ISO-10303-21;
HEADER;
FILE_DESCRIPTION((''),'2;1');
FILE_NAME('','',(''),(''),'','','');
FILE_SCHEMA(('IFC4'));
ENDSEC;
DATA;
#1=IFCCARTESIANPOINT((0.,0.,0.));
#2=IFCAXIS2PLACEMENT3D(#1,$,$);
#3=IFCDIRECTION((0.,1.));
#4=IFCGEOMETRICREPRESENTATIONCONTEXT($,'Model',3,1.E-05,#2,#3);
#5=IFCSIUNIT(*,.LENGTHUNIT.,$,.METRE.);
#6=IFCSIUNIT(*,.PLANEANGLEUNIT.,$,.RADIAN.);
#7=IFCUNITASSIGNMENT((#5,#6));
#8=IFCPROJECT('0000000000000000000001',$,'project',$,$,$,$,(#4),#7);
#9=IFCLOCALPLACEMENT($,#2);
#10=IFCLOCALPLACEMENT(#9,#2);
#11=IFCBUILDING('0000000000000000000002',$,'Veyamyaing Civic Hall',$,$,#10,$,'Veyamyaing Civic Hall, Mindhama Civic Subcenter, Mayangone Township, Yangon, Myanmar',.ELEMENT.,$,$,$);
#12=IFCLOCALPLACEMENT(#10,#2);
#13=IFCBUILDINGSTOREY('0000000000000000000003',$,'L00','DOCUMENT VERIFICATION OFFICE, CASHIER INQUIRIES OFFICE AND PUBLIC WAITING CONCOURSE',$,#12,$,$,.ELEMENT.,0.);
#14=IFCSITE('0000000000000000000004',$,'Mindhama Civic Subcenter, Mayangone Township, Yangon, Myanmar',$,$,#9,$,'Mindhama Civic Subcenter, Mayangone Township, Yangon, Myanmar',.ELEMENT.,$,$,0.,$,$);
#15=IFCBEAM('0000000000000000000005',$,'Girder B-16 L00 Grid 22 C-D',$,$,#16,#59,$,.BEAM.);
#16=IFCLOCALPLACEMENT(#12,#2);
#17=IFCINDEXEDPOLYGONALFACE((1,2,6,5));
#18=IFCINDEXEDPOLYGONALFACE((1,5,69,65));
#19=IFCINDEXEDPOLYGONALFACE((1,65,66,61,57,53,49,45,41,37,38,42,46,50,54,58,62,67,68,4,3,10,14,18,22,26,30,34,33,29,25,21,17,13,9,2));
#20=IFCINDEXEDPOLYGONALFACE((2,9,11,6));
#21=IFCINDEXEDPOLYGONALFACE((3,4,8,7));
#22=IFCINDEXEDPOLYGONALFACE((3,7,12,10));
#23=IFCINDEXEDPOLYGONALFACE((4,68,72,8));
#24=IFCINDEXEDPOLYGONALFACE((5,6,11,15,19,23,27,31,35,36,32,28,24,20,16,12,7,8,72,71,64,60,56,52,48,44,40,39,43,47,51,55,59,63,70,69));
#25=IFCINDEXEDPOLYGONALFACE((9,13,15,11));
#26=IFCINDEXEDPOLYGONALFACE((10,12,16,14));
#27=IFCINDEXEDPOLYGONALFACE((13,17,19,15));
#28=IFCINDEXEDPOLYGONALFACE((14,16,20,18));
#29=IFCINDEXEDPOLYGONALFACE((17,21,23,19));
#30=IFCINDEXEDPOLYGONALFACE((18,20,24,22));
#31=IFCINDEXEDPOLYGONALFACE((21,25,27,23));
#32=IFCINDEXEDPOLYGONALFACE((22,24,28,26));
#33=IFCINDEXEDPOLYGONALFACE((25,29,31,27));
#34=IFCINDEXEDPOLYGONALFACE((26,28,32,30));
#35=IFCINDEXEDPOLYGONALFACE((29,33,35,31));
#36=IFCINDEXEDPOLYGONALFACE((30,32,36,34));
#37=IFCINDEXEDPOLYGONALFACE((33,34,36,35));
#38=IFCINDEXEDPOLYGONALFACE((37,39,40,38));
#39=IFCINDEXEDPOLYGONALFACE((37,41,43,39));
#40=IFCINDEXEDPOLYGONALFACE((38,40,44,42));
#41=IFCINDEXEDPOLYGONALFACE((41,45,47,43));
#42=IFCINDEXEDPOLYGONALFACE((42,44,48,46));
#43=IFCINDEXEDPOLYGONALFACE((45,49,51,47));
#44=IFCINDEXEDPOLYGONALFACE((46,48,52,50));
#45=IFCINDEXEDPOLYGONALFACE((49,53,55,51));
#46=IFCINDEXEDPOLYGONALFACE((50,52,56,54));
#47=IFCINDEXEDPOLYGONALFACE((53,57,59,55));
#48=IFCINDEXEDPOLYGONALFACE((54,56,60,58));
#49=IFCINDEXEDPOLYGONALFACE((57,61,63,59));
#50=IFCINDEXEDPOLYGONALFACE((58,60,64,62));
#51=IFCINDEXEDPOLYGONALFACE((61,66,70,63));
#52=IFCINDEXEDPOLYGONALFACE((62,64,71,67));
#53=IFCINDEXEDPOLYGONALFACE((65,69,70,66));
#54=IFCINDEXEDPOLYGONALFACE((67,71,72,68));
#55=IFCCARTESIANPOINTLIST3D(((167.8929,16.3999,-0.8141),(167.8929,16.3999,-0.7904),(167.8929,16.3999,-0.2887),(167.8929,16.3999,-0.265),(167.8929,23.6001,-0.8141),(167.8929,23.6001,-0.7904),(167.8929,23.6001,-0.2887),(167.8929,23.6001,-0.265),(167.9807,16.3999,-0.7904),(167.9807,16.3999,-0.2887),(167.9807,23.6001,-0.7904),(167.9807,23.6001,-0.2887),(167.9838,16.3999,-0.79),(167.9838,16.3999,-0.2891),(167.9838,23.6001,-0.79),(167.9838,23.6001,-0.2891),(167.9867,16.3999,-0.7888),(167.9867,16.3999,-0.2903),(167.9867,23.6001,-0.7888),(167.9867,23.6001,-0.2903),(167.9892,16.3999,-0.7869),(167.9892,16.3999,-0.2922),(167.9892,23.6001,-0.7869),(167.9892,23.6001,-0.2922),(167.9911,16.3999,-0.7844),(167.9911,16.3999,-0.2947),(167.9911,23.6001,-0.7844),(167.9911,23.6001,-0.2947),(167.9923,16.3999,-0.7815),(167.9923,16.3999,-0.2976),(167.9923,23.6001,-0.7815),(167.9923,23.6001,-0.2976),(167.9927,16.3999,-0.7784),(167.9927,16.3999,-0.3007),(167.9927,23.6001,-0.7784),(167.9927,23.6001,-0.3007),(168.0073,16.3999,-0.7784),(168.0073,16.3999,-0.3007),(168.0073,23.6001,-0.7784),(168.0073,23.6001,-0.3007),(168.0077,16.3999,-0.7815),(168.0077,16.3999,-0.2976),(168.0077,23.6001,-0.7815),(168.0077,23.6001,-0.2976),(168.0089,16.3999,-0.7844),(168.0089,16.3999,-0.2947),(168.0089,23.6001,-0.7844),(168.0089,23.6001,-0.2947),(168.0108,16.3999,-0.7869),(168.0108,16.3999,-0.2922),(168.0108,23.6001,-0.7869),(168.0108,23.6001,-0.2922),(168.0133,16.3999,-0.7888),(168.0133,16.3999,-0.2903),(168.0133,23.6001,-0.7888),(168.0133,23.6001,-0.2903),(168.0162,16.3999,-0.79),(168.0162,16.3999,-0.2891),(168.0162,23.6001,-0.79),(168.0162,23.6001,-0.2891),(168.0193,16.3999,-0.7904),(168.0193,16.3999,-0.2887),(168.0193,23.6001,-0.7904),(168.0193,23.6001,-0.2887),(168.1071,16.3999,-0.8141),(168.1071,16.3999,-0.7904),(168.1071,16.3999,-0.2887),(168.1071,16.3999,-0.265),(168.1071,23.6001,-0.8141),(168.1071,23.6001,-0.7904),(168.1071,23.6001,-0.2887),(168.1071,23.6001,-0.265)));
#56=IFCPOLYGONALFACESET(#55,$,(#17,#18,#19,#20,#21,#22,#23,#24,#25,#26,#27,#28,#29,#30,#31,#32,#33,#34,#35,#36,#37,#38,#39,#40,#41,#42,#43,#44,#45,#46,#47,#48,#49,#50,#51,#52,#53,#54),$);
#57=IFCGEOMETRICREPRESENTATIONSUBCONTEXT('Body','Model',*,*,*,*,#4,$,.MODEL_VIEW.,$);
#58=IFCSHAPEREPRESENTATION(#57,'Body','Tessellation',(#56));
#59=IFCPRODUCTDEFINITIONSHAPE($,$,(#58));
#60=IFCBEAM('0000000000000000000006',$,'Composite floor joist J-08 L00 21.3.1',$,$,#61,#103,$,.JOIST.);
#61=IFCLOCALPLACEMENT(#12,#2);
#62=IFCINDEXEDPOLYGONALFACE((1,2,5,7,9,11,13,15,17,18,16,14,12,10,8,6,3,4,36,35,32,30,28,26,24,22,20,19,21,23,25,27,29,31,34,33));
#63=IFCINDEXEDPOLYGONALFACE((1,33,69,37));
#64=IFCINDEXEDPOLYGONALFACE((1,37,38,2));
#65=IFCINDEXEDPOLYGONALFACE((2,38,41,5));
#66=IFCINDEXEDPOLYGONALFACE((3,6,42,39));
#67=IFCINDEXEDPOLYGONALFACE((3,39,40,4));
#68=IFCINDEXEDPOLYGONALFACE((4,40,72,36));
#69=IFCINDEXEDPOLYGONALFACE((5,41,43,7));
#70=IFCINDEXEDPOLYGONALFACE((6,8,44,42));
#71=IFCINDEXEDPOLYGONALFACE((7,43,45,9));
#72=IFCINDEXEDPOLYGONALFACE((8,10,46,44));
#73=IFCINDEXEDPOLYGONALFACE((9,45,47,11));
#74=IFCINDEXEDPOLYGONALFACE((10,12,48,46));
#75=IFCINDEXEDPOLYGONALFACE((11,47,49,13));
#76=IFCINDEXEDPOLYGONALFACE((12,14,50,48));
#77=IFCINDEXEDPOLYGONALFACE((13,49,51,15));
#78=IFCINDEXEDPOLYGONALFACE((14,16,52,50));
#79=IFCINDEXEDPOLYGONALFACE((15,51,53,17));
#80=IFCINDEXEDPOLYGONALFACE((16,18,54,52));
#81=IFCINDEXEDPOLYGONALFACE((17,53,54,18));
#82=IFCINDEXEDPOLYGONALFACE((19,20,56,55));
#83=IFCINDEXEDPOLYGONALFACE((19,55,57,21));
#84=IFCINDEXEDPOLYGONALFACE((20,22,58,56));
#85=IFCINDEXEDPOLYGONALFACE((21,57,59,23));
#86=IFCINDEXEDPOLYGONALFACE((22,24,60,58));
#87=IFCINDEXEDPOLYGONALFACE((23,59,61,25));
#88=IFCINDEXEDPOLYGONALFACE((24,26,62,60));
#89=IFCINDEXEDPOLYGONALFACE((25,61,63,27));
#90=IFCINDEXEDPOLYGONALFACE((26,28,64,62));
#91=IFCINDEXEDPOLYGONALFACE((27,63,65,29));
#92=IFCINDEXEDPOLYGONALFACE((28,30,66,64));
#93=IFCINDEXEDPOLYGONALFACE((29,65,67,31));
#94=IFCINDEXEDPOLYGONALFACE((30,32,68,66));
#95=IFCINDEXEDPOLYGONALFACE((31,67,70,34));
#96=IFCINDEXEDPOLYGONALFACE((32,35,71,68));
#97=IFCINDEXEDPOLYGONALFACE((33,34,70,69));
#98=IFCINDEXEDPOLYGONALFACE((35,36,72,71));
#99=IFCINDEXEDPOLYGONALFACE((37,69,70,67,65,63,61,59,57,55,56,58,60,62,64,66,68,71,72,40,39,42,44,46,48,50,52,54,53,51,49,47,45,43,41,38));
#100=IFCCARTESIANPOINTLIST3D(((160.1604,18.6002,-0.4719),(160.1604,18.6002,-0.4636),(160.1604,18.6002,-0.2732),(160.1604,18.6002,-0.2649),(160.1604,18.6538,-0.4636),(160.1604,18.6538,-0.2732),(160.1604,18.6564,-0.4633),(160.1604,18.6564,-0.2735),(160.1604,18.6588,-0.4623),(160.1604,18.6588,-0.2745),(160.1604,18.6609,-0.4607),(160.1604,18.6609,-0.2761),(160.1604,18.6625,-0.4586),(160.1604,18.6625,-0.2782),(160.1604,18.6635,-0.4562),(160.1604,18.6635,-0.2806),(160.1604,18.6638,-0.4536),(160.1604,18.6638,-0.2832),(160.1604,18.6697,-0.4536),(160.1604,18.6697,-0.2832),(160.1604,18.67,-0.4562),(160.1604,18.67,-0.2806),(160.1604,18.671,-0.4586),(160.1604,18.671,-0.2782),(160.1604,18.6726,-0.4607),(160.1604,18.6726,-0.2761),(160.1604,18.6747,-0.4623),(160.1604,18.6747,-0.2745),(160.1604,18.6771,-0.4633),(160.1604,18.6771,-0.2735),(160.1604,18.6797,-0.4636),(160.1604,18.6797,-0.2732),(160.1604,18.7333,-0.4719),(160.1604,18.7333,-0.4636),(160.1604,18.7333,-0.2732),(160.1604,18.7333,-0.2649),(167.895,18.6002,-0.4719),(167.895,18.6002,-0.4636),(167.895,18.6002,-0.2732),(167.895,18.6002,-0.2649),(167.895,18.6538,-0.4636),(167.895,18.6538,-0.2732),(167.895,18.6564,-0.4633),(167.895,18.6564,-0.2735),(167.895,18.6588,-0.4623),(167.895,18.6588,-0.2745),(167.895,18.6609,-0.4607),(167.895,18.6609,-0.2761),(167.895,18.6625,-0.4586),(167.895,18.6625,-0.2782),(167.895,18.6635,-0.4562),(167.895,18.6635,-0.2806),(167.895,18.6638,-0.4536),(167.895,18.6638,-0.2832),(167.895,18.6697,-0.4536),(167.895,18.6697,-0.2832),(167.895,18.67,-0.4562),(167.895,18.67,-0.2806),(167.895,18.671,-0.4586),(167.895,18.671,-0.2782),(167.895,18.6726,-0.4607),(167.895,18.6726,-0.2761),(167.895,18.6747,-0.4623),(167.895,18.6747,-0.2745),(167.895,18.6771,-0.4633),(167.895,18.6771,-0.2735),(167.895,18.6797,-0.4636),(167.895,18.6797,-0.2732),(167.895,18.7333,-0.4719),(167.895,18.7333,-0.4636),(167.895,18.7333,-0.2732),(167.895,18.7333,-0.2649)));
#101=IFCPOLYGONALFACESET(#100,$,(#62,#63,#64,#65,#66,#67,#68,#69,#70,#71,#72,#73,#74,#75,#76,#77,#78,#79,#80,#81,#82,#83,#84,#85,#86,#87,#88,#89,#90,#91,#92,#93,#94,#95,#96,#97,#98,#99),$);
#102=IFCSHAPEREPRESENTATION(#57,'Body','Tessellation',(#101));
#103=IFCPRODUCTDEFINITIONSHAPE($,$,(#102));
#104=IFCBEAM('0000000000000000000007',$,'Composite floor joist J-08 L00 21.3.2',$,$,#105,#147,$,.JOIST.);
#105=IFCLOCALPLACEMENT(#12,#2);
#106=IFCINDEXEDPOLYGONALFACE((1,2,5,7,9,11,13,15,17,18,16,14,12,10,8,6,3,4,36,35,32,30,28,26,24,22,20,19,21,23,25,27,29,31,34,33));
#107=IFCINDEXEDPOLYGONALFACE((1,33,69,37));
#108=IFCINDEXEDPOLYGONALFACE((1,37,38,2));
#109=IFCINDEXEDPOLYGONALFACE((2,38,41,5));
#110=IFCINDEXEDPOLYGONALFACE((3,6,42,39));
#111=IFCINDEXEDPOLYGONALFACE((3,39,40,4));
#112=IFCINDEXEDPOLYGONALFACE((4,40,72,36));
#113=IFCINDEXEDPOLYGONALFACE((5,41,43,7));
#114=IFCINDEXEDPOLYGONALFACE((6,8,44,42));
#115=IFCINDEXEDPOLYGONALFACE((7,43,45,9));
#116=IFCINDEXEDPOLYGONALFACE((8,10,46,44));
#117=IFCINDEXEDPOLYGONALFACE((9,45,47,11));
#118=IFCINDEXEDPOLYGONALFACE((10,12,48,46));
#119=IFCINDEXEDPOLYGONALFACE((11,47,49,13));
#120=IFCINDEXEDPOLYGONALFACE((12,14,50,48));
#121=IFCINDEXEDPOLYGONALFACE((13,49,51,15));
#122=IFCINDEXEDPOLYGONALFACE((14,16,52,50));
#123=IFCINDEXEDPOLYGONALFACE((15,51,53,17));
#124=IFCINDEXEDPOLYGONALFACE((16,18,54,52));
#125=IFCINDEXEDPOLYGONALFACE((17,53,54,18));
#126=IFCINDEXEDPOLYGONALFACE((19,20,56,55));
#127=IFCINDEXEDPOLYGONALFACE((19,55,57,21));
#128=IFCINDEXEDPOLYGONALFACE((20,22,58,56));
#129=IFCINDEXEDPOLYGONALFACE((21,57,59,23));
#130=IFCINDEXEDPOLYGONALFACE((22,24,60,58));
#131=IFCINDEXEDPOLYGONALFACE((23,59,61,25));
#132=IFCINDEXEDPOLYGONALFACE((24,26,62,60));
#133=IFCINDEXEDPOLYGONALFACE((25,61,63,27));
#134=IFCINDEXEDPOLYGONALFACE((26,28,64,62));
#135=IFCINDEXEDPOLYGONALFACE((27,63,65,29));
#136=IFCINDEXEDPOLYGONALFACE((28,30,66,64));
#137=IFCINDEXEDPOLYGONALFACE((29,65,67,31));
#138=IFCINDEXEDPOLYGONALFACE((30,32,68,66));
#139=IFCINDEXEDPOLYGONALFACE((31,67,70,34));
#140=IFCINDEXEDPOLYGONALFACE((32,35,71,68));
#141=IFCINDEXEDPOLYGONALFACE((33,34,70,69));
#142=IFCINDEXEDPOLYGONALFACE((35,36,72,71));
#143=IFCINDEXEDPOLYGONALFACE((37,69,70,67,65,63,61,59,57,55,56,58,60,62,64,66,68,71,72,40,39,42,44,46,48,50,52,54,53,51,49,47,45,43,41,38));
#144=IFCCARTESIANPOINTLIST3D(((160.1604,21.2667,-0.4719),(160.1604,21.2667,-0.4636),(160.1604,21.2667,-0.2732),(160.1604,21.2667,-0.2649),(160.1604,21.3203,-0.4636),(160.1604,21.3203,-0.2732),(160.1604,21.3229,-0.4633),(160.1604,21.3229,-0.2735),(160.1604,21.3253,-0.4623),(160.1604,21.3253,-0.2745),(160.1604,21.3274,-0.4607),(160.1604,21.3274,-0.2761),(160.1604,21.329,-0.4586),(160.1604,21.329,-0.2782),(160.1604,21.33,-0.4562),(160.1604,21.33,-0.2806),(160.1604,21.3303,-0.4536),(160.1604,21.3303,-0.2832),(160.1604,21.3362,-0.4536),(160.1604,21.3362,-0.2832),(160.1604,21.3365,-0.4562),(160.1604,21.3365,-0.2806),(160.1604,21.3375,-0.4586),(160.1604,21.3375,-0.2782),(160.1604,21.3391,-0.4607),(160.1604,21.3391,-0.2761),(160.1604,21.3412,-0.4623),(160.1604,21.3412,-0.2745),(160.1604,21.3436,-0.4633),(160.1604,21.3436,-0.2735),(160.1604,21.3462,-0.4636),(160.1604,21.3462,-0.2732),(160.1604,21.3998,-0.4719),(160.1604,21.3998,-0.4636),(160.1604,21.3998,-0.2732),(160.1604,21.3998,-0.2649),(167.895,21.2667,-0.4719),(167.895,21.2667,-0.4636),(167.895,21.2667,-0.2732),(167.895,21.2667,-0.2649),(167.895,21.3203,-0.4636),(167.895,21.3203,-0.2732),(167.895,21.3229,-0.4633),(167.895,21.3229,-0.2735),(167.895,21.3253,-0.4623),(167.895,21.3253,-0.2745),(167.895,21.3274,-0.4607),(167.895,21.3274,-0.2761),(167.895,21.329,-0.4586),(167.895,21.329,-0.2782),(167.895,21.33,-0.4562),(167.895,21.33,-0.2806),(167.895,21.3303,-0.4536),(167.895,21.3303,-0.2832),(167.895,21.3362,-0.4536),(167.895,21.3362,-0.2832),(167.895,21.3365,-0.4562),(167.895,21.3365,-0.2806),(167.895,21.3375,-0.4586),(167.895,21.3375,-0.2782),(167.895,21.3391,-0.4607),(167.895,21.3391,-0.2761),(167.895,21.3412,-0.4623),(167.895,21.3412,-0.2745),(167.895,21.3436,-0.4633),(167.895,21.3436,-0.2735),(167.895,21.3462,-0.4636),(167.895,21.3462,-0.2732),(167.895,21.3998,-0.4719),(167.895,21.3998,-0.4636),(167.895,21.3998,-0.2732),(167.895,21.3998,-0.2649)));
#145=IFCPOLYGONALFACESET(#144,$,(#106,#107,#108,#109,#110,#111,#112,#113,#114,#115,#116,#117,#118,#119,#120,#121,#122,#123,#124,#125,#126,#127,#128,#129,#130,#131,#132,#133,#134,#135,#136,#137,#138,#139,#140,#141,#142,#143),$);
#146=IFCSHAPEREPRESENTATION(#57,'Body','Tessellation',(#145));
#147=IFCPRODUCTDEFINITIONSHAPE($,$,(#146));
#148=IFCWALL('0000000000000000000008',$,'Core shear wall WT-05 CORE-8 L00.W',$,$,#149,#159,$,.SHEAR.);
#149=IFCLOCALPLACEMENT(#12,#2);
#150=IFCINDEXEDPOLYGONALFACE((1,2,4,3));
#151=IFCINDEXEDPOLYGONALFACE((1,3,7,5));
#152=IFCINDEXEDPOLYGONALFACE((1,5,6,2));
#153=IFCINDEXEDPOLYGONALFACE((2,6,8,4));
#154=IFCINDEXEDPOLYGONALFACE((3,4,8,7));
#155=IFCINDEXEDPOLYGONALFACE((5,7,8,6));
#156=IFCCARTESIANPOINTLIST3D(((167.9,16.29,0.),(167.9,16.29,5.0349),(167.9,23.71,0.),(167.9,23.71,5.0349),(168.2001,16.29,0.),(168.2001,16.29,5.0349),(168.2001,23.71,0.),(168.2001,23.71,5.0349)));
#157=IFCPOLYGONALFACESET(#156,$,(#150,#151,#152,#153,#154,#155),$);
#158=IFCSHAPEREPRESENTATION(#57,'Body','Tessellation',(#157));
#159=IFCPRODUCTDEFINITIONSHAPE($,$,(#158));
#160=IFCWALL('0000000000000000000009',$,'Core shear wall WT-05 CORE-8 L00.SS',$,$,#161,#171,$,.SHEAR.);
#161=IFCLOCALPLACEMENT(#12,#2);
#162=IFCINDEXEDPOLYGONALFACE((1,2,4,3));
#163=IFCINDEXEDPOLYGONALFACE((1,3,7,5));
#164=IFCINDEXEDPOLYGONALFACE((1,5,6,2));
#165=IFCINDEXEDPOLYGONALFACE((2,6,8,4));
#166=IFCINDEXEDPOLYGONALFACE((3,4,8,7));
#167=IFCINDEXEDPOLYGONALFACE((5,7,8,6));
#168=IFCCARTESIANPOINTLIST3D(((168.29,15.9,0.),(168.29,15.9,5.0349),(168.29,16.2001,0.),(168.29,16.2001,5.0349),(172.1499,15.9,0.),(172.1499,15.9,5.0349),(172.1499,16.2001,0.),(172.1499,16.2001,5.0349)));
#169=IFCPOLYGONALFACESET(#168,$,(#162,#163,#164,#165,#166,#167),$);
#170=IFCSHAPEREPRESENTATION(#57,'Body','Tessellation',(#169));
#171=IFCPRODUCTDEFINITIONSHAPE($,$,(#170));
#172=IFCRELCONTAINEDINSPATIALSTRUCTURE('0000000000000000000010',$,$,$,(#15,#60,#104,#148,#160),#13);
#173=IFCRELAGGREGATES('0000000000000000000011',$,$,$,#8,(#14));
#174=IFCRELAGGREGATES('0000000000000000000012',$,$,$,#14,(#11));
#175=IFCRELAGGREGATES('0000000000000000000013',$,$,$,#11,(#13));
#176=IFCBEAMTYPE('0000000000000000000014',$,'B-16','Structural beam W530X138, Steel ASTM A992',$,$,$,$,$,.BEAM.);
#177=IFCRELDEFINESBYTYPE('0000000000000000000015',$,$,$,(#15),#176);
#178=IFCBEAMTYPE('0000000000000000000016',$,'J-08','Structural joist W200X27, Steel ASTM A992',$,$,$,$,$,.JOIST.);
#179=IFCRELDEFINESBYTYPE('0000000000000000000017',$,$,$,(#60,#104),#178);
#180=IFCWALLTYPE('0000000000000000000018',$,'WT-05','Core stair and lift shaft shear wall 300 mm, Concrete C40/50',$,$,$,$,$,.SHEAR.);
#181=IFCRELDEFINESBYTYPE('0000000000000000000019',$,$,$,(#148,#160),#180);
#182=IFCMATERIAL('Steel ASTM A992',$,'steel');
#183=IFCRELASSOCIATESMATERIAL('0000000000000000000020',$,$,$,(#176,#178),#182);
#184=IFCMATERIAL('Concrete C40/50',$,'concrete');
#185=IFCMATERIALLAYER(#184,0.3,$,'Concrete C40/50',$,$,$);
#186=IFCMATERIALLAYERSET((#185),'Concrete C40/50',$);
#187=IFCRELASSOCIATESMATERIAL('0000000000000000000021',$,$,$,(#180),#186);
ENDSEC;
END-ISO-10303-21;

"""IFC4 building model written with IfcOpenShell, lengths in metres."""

from ifc_helpers import new_model, si_unit, direction, frame, frame_2d, origin, origin_2d, place, context, subcontext, project, spatial, rectangle, i_section, extrude, material, layer, layer_set, material_profile, profile_set, type_object, element, save


model = new_model("IFC4")

# Units and contexts
model_context = context("Model", 3, precision=1e-05, world=origin(), true_north=direction((0.0, 1.0)))
body_context = subcontext(model_context, "Body", "Model", "MODEL_VIEW")
ifc_project = project(units=[si_unit("LENGTHUNIT", "METRE"), si_unit("PLANEANGLEUNIT", "RADIAN")], contexts=[model_context])

# Site, building, storey
site_placement = place(None, origin())
site = spatial("IfcSite", under=ifc_project, at=site_placement, Name="Mindhama Civic Subcenter, Mayangone Township, Yangon, Myanmar", LongName="Mindhama Civic Subcenter, Mayangone Township, Yangon, Myanmar", CompositionType="ELEMENT", RefElevation=0.0)
building_placement = place(site_placement, origin())
building = spatial("IfcBuilding", under=site, at=building_placement, Name="Veyamyaing Civic Hall", LongName="Veyamyaing Civic Hall, Mindhama Civic Subcenter, Mayangone Township, Yangon, Myanmar", CompositionType="ELEMENT")
storey_placement = place(building_placement, origin())
storey = spatial("IfcBuildingStorey", under=building, at=storey_placement, Name="L00", Description="DOCUMENT VERIFICATION OFFICE, CASHIER INQUIRIES OFFICE AND PUBLIC WAITING CONCOURSE", CompositionType="ELEMENT", Elevation=0.0)

# Beams
ifc_material_1 = material(Name="Steel ASTM A992", Category="steel")
ifc_material_profile_1 = material_profile(ifc_material_1, i_section(OverallWidth=0.2141, OverallDepth=0.5491, WebThickness=0.0146, FlangeThickness=0.0237, FilletRadius=0.012, at=origin_2d()), Name="W530X138")
ifc_profile_set_1 = profile_set([ifc_material_profile_1], Name="Steel ASTM A992")
beam_type_1 = type_object("IfcBeamType", Name="B-16", Description="Structural beam W530X138, Steel ASTM A992", PredefinedType="BEAM", material=ifc_profile_set_1)
beam_1_placement = place(storey_placement, frame((168.0, 16.3999, -0.5396), z_axis=(0.0, 1.0, 0.0), x_axis=(-1.0, 0.0, 0.0)))
element("IfcBeam", 1, at=beam_1_placement, inside=storey, type_object=beam_type_1, Name="Girder B-16 L00 Grid 22 C-D", PredefinedType="BEAM", context=body_context, shape_type="SweptSolid", body=[
    extrude(i_section(OverallWidth=0.2141, OverallDepth=0.5491, WebThickness=0.0146, FlangeThickness=0.0237, FilletRadius=0.012, at=origin_2d()), origin(), (0.0, 0.0, 1.0), 7.2002),
])
ifc_material_profile_2 = material_profile(ifc_material_1, i_section(OverallWidth=0.1331, OverallDepth=0.207, WebThickness=0.0059, FlangeThickness=0.0083, FilletRadius=0.01, at=origin_2d()), Name="W200X27")
ifc_profile_set_2 = profile_set([ifc_material_profile_2], Name="Steel ASTM A992")
beam_type_2 = type_object("IfcBeamType", Name="J-08", Description="Structural joist W200X27, Steel ASTM A992", PredefinedType="JOIST", material=ifc_profile_set_2)
for number, where, z_axis, x_axis, name in (
    (2, (160.1604, 18.6667, -0.3684), (1.0, 0.0, 0.0), (0.0, 1.0, 0.0), "Composite floor joist J-08 L00 21.3.1"),
    (3, (160.1604, 21.3333, -0.3684), (1.0, 0.0, 0.0), (0.0, 1.0, 0.0), "Composite floor joist J-08 L00 21.3.2"),
):
    element("IfcBeam", number, at=place(storey_placement, frame(where, z_axis=z_axis, x_axis=x_axis)), inside=storey, type_object=beam_type_2, Name=name, PredefinedType="JOIST", context=body_context, shape_type="SweptSolid", body=[
        extrude(i_section(OverallWidth=0.1331, OverallDepth=0.207, WebThickness=0.0059, FlangeThickness=0.0083, FilletRadius=0.01, at=origin_2d()), origin(), (0.0, 0.0, 1.0), 7.7346),
    ])

# Walls
ifc_material_2 = material(Name="Concrete C40/50", Category="concrete")
ifc_layer_1 = layer(ifc_material_2, 0.3, Name="Concrete C40/50")
ifc_layer_set_1 = layer_set([ifc_layer_1], Name="Concrete C40/50")
wall_type_1 = type_object("IfcWallType", Name="WT-05", Description="Core stair and lift shaft shear wall 300 mm, Concrete C40/50", PredefinedType="SHEAR", material=ifc_layer_set_1)
wall_1_placement = place(storey_placement, frame((168.05, 16.29, 0.0), z_axis=(0.0, 0.0, 1.0), x_axis=(0.0, 1.0, 0.0)))
element("IfcWall", 4, at=wall_1_placement, inside=storey, type_object=wall_type_1, Name="Core shear wall WT-05 CORE-8 L00.W", PredefinedType="SHEAR", context=body_context, shape_type="SweptSolid", body=[
    extrude(rectangle(XDim=7.4199, YDim=0.3, at=frame_2d((3.71, 0.0))), origin(), (0.0, 0.0, 1.0), 5.0349),
])
wall_2_placement = place(storey_placement, frame((168.29, 16.05, 0.0), z_axis=(0.0, 0.0, 1.0), x_axis=(1.0, 0.0, 0.0)))
element("IfcWall", 5, at=wall_2_placement, inside=storey, type_object=wall_type_1, Name="Core shear wall WT-05 CORE-8 L00.SS", PredefinedType="SHEAR", context=body_context, shape_type="SweptSolid", body=[
    extrude(rectangle(XDim=3.8599, YDim=0.3, at=frame_2d((1.9299, 0.0))), origin(), (0.0, 0.0, 1.0), 5.0349),
])

save(model, "model.ifc")
